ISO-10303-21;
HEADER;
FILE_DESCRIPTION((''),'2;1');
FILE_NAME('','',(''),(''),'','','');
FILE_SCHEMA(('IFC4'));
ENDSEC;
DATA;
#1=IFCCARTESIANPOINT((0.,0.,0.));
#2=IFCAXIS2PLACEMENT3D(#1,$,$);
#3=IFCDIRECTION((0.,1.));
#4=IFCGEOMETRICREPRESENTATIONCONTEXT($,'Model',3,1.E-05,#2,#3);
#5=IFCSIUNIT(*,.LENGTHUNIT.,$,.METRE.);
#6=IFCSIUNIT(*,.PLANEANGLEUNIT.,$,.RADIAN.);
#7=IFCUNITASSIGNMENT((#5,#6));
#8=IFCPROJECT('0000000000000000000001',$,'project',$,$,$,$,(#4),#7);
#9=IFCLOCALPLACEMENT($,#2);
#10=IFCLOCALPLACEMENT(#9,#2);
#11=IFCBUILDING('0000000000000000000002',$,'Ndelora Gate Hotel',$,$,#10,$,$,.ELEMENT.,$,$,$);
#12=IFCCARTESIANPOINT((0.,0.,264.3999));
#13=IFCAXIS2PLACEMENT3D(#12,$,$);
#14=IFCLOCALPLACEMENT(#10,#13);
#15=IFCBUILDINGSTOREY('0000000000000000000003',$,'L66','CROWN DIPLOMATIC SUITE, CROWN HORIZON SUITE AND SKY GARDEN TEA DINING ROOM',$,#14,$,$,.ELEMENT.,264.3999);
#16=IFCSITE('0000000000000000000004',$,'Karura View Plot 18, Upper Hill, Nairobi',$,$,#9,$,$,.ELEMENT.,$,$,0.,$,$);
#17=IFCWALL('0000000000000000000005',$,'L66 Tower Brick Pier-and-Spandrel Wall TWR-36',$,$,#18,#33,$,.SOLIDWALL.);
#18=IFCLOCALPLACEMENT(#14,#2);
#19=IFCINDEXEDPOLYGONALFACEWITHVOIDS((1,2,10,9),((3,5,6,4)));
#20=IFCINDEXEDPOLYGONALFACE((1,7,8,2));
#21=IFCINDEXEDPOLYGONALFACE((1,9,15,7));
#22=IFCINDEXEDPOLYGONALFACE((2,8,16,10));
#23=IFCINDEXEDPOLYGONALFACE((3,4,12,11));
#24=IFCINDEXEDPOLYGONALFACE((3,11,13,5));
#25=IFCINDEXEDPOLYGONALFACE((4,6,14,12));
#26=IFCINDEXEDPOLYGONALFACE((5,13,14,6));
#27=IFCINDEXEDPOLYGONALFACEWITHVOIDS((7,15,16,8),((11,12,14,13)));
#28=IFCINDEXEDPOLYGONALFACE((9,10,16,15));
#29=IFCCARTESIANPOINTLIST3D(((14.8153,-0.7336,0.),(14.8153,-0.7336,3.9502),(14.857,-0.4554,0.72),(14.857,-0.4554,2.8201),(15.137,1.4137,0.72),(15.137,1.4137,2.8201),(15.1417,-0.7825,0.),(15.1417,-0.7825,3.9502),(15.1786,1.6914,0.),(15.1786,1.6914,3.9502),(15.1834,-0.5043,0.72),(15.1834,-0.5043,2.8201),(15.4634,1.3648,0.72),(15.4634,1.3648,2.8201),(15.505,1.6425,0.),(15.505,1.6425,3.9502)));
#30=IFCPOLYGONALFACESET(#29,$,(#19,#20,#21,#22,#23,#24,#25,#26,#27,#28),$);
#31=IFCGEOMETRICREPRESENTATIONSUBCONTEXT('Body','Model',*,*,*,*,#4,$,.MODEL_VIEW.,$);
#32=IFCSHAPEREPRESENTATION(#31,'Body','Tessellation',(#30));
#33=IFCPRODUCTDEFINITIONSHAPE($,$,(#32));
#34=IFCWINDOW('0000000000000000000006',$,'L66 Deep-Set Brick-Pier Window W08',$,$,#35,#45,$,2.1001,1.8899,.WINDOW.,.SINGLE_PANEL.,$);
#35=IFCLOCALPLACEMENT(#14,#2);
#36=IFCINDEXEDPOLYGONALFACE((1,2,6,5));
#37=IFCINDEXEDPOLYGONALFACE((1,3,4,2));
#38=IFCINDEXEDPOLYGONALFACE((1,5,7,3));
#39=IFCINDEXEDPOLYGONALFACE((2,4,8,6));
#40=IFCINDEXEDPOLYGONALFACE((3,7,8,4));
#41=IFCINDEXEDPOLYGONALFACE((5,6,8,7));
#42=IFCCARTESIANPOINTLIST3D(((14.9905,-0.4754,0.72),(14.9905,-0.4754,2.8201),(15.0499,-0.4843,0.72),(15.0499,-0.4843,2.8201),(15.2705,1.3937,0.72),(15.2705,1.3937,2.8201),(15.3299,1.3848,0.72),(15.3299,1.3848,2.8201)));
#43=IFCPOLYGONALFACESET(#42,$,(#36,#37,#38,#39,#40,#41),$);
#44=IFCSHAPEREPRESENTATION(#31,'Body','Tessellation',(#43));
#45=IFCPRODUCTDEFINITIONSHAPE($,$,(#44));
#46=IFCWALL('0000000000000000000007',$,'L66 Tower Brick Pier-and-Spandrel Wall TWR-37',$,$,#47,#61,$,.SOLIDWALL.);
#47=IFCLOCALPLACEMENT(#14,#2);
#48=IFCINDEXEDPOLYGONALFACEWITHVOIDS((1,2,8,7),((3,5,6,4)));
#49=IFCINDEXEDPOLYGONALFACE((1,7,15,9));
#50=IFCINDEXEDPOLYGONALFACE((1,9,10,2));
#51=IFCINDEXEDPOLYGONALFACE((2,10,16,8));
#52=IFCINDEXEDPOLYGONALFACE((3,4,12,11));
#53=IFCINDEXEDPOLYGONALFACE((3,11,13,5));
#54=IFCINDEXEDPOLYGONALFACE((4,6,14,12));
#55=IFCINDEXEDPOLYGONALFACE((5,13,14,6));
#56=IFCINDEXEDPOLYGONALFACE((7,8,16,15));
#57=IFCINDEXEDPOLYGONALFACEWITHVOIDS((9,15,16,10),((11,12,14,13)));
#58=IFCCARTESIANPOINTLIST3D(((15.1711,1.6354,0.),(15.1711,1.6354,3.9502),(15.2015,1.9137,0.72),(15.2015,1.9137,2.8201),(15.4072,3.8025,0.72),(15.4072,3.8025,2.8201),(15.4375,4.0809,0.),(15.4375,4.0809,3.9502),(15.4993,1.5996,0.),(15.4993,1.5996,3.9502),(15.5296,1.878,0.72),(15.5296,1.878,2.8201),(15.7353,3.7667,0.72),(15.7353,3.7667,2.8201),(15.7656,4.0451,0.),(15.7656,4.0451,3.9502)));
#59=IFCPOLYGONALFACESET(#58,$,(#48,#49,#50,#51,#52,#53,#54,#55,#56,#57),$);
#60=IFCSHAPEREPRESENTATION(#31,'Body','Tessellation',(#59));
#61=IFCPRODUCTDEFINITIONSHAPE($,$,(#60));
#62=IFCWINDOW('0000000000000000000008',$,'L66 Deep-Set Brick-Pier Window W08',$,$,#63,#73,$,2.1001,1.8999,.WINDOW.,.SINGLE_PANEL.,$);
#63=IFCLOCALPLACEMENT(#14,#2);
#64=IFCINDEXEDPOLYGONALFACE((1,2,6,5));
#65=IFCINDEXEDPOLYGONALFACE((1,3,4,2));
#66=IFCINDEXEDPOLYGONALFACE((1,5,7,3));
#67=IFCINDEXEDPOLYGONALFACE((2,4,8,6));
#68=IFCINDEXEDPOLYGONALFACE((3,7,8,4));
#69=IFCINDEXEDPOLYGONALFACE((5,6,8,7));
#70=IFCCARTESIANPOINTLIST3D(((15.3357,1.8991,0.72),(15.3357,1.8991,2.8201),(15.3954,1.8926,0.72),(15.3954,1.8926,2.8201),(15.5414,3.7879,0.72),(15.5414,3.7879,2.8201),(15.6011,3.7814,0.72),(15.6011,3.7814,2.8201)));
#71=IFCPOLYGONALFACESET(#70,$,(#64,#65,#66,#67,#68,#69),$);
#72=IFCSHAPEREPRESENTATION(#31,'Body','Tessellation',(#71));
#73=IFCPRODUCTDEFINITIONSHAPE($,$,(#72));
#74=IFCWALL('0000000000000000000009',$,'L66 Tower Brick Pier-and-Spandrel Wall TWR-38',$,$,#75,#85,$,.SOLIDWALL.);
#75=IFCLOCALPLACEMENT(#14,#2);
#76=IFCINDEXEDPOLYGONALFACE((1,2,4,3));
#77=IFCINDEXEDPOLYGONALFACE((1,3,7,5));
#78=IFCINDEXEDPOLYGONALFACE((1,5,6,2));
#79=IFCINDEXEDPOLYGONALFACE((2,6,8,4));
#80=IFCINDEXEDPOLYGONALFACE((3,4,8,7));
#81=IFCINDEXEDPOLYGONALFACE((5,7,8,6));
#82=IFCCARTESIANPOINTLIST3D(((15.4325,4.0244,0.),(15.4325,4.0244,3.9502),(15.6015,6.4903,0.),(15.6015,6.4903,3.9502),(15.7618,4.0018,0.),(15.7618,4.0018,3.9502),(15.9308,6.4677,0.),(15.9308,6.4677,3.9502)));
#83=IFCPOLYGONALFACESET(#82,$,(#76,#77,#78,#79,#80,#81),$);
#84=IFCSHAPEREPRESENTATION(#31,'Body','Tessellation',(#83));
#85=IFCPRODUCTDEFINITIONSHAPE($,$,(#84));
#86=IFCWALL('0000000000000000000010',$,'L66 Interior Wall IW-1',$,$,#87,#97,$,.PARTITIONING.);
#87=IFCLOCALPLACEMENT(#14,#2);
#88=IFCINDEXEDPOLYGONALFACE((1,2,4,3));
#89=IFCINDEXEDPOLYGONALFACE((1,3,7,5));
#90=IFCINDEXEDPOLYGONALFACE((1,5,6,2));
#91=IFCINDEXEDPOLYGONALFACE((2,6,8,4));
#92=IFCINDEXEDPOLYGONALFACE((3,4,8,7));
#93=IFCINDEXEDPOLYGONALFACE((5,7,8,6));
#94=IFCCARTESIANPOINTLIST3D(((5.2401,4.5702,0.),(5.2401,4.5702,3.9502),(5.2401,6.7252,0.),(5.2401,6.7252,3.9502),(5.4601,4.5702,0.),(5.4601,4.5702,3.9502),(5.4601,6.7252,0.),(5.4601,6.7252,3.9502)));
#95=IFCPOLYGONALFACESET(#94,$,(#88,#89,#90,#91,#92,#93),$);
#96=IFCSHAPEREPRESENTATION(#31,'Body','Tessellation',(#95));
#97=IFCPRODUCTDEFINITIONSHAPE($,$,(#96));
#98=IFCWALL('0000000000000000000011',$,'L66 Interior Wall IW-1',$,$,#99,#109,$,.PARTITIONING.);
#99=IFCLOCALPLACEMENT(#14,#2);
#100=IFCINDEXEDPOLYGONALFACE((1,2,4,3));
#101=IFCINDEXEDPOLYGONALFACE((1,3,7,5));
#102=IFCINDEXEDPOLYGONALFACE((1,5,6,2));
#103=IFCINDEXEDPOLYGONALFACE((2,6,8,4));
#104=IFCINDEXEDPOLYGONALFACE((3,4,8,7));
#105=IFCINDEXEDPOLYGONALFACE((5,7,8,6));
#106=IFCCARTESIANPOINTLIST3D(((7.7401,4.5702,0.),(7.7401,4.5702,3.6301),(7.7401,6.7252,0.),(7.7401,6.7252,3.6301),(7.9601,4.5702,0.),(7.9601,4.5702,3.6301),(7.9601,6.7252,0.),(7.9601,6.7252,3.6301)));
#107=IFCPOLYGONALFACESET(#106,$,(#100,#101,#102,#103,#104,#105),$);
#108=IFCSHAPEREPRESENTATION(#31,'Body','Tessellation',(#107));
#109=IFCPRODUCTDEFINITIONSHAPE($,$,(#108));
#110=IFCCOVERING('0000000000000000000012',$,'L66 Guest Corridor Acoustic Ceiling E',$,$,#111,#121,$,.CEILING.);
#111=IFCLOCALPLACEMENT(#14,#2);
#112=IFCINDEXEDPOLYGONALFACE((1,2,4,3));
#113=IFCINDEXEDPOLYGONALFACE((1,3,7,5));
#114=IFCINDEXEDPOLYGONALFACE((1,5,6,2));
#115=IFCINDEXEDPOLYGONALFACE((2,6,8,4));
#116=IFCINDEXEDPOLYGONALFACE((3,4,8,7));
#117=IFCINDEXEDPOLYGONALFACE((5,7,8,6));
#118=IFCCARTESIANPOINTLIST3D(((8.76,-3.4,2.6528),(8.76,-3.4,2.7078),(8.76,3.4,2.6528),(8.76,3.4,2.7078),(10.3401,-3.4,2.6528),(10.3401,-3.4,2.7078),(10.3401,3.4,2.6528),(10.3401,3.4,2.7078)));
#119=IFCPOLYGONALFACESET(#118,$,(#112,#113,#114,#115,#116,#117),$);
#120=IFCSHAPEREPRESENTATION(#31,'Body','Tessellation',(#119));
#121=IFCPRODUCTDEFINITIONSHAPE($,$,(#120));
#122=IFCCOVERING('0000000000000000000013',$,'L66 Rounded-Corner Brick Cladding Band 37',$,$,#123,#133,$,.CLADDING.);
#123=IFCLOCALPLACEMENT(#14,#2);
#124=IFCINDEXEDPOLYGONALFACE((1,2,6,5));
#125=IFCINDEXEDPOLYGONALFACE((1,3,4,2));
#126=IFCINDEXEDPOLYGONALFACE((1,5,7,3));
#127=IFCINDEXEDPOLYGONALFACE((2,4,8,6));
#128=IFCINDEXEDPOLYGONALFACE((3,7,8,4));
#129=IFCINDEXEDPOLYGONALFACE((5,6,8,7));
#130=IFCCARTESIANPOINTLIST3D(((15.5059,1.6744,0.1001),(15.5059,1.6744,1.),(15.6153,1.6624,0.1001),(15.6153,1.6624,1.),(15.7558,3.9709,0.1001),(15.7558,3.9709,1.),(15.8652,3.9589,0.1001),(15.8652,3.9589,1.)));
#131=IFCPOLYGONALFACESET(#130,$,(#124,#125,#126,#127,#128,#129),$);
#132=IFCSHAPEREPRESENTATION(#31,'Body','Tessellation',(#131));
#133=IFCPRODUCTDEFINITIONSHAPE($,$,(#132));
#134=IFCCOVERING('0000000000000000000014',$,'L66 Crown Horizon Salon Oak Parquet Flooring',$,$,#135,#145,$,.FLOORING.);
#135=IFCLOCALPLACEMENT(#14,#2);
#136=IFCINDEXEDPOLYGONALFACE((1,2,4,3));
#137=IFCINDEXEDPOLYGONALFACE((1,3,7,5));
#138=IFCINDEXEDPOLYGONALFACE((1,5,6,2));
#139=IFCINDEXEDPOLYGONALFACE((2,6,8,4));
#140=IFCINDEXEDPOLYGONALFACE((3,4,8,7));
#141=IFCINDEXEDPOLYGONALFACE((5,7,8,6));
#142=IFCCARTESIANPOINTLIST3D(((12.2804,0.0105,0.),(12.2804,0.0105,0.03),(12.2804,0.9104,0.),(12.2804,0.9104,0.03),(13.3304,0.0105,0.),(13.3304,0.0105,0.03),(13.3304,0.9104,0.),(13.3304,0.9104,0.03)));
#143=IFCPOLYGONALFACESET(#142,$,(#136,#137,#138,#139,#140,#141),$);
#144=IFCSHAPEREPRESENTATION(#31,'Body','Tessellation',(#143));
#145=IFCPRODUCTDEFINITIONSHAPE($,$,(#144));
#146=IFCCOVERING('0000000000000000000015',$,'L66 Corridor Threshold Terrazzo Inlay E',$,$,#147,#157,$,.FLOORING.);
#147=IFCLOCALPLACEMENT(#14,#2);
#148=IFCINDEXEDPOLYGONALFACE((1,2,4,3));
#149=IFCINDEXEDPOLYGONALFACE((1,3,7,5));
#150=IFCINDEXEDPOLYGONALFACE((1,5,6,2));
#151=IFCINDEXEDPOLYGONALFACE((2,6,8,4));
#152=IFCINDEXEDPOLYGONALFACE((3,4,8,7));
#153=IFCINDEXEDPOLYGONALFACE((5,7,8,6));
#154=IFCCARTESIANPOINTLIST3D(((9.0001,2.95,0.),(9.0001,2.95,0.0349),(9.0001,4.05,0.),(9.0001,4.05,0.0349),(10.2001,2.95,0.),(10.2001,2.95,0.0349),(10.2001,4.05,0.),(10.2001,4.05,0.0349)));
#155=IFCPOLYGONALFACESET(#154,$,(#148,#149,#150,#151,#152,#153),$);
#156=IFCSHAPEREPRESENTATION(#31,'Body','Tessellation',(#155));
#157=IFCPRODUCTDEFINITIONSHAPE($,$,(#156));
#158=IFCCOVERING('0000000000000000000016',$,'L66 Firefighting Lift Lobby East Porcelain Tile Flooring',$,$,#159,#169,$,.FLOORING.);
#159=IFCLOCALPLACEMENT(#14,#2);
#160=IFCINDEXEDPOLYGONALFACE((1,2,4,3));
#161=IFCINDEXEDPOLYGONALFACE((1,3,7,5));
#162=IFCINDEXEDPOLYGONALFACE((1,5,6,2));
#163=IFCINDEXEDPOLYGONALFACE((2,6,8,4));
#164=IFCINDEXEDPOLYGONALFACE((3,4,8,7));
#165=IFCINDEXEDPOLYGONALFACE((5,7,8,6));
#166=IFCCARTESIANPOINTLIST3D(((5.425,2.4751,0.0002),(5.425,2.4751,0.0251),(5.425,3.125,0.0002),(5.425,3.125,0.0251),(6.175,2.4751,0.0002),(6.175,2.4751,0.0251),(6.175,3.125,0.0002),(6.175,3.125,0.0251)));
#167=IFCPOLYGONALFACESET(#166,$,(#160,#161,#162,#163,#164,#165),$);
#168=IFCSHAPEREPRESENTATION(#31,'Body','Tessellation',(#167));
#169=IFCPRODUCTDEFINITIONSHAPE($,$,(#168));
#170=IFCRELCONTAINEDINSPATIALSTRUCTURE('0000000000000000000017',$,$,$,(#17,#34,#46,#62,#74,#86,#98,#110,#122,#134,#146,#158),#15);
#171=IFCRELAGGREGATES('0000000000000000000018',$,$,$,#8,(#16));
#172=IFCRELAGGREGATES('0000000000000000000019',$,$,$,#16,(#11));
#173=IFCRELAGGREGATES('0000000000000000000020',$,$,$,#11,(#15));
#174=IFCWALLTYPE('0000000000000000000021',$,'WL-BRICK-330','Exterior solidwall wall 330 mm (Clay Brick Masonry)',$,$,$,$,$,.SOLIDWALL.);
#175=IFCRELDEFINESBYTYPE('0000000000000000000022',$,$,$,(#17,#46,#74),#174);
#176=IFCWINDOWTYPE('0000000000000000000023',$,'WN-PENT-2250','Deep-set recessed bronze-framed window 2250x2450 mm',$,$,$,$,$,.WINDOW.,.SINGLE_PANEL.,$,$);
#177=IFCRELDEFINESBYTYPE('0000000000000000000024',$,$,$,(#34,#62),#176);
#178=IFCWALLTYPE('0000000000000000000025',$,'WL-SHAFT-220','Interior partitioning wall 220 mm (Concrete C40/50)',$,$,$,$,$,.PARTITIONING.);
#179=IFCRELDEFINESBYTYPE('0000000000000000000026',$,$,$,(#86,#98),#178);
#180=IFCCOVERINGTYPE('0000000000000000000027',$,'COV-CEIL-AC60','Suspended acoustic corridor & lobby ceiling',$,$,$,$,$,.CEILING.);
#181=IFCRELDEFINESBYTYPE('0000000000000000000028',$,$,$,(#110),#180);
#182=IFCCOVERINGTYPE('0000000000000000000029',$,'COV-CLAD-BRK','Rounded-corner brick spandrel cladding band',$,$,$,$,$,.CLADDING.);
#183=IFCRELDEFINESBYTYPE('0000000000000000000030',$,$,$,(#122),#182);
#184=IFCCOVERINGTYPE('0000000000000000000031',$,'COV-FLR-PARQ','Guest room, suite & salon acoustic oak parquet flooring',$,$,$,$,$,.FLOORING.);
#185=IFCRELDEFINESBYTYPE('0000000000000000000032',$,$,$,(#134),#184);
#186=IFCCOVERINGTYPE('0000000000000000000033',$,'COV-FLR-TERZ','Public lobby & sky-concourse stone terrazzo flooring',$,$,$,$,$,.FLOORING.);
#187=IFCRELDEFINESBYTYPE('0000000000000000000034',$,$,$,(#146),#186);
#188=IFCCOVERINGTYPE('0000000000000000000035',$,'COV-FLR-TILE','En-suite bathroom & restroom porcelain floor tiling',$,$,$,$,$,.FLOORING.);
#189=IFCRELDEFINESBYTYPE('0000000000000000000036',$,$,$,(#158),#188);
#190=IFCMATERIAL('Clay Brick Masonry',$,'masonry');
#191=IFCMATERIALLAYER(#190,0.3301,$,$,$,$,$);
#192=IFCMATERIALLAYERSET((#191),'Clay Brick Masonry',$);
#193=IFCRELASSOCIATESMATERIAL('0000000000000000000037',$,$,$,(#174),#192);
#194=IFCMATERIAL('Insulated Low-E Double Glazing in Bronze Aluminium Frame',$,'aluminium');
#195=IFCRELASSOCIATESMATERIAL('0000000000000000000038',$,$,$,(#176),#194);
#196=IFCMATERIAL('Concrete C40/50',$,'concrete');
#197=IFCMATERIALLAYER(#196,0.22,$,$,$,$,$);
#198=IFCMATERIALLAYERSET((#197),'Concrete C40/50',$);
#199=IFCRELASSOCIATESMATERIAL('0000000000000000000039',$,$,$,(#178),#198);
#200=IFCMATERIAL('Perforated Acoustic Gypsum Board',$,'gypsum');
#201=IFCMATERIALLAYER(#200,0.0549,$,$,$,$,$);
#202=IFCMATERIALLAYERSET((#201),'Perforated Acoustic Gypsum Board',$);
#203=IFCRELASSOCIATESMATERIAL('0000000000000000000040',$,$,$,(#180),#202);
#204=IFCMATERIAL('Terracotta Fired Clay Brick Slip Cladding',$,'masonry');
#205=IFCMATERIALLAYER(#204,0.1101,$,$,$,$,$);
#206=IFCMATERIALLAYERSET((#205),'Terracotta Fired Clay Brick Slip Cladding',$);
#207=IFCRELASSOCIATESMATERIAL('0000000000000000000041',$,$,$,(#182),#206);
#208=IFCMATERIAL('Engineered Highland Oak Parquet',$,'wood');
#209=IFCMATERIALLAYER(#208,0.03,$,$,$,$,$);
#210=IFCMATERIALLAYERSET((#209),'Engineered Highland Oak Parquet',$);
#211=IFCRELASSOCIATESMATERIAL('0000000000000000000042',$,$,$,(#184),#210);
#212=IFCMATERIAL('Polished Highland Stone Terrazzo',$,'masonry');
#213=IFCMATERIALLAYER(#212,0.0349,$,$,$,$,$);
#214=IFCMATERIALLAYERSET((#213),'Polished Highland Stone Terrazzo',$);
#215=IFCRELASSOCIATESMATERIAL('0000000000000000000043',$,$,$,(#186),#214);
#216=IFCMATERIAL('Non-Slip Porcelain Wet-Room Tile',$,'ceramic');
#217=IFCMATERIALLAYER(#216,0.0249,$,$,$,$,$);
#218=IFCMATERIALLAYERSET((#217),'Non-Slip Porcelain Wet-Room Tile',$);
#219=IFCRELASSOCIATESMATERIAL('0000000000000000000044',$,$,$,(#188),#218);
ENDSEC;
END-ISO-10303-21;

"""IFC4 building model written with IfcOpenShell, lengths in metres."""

from ifc_helpers import new_model, si_unit, direction, frame, frame_2d, origin, origin_2d, place, context, subcontext, project, spatial, rectangle, extrude, material, layer, layer_set, type_object, element, fill, save


model = new_model("IFC4")

# Units and contexts
model_context = context("Model", 3, precision=1e-05, world=origin(), true_north=direction((0.0, 1.0)))
body_context = subcontext(model_context, "Body", "Model", "MODEL_VIEW")
ifc_project = project(units=[si_unit("LENGTHUNIT", "METRE"), si_unit("PLANEANGLEUNIT", "RADIAN")], contexts=[model_context])

# Site, building, storey
site_placement = place(None, origin())
site = spatial("IfcSite", under=ifc_project, at=site_placement, Name="Karura View Plot 18, Upper Hill, Nairobi", CompositionType="ELEMENT", RefElevation=0.0)
building_placement = place(site_placement, origin())
building = spatial("IfcBuilding", under=site, at=building_placement, Name="Ndelora Gate Hotel", CompositionType="ELEMENT")
storey_placement = place(building_placement, frame((0.0, 0.0, 264.3999)))
storey = spatial("IfcBuildingStorey", under=building, at=storey_placement, Name="L66", Description="CROWN DIPLOMATIC SUITE, CROWN HORIZON SUITE AND SKY GARDEN TEA DINING ROOM", CompositionType="ELEMENT", Elevation=264.3999)

# Walls, openings, windows
ifc_material_1 = material(Name="Clay Brick Masonry", Category="masonry")
ifc_layer_1 = layer(ifc_material_1, 0.3301)
ifc_layer_set_1 = layer_set([ifc_layer_1], Name="Clay Brick Masonry")
wall_type_1 = type_object("IfcWallType", Name="WL-BRICK-330", Description="Exterior solidwall wall 330 mm (Clay Brick Masonry)", PredefinedType="SOLIDWALL", material=ifc_layer_set_1)
wall_1_placement = place(storey_placement, frame((15.3418, 1.667, 0.0), z_axis=(0.0, 0.0, 1.0), x_axis=(-0.148151, -0.988965, 0.0)))
wall_1 = element("IfcWall", 1, at=wall_1_placement, inside=storey, type_object=wall_type_1, Name="L66 Tower Brick Pier-and-Spandrel Wall TWR-36", PredefinedType="SOLIDWALL", context=body_context, shape_type="SweptSolid", body=[
    extrude(rectangle(XDim=2.4521, YDim=0.3301, at=frame_2d((1.2261, 0.0))), origin(), (0.0, 0.0, 1.0), 3.9502),
])
opening_1_placement = place(wall_1_placement, frame((0.281, 0.0, 0.72)))
opening_1 = element("IfcOpeningElement", 2, at=opening_1_placement, cuts=wall_1, PredefinedType="OPENING", context=body_context, shape_type="SweptSolid", body=[
    extrude(rectangle(XDim=1.8899, YDim=2.1001, at=frame_2d((0.9448, 1.05))), frame((0.0, 0.175, 0.0), z_axis=(0.0, -1.0, 0.0), x_axis=(1.0, 0.0, 0.0)), (0.0, 0.0, 1.0), 0.3501),
])
ifc_material_2 = material(Name="Insulated Low-E Double Glazing in Bronze Aluminium Frame", Category="aluminium")
window_type = type_object("IfcWindowType", Name="WN-PENT-2250", Description="Deep-set recessed bronze-framed window 2250x2450 mm", PartitioningType="SINGLE_PANEL", PredefinedType="WINDOW", material=ifc_material_2)
window_1_placement = place(opening_1_placement, origin())
window_1 = element("IfcWindow", 3, at=window_1_placement, inside=storey, type_object=window_type, Name="L66 Deep-Set Brick-Pier Window W08", OverallHeight=2.1001, OverallWidth=1.8899, PartitioningType="SINGLE_PANEL", PredefinedType="WINDOW", context=body_context, shape_type="SweptSolid", body=[
    extrude(rectangle(XDim=1.8899, YDim=2.1001, at=frame_2d((0.9448, 1.05))), frame((0.0, 0.03, 0.0), z_axis=(0.0, -1.0, 0.0), x_axis=(1.0, 0.0, 0.0)), (0.0, 0.0, 1.0), 0.0601),
])
fill(opening_1, window_1)
wall_2_placement = place(storey_placement, frame((15.6016, 4.063, 0.0), z_axis=(0.0, 0.0, 1.0), x_axis=(-0.108275, -0.994121, 0.0)))
wall_2 = element("IfcWall", 4, at=wall_2_placement, inside=storey, type_object=wall_type_1, Name="L66 Tower Brick Pier-and-Spandrel Wall TWR-37", PredefinedType="SOLIDWALL", context=body_context, shape_type="SweptSolid", body=[
    extrude(rectangle(XDim=2.46, YDim=0.3301, at=frame_2d((1.23, 0.0))), origin(), (0.0, 0.0, 1.0), 3.9502),
])
opening_2_placement = place(wall_2_placement, frame((0.28, 0.0, 0.72)))
opening_2 = element("IfcOpeningElement", 5, at=opening_2_placement, cuts=wall_2, PredefinedType="OPENING", context=body_context, shape_type="SweptSolid", body=[
    extrude(rectangle(XDim=1.8999, YDim=2.1001, at=frame_2d((0.95, 1.05))), frame((0.0, 0.175, 0.0), z_axis=(0.0, -1.0, 0.0), x_axis=(1.0, 0.0, 0.0)), (0.0, 0.0, 1.0), 0.3501),
])
window_2_placement = place(opening_2_placement, origin())
window_2 = element("IfcWindow", 6, at=window_2_placement, inside=storey, type_object=window_type, Name="L66 Deep-Set Brick-Pier Window W08", OverallHeight=2.1001, OverallWidth=1.8999, PartitioningType="SINGLE_PANEL", PredefinedType="WINDOW", context=body_context, shape_type="SweptSolid", body=[
    extrude(rectangle(XDim=1.8999, YDim=2.1001, at=frame_2d((0.95, 1.05))), frame((0.0, 0.03, 0.0), z_axis=(0.0, -1.0, 0.0), x_axis=(1.0, 0.0, 0.0)), (0.0, 0.0, 1.0), 0.0601),
])
fill(opening_2, window_2)

# Wall
wall_3_placement = place(storey_placement, frame((15.7661, 6.479, 0.0), z_axis=(0.0, 0.0, 1.0), x_axis=(-0.068355, -0.997661, 0.0)))
element("IfcWall", 7, at=wall_3_placement, inside=storey, type_object=wall_type_1, Name="L66 Tower Brick Pier-and-Spandrel Wall TWR-38", PredefinedType="SOLIDWALL", context=body_context, shape_type="SweptSolid", body=[
    extrude(rectangle(XDim=2.4717, YDim=0.3301, at=frame_2d((1.2358, 0.0))), origin(), (0.0, 0.0, 1.0), 3.9502),
])

# Shared definitions
ifc_material_3 = material(Name="Concrete C40/50", Category="concrete")

# Walls
ifc_layer_2 = layer(ifc_material_3, 0.22)
ifc_layer_set_2 = layer_set([ifc_layer_2], Name="Concrete C40/50")
wall_type_2 = type_object("IfcWallType", Name="WL-SHAFT-220", Description="Interior partitioning wall 220 mm (Concrete C40/50)", PredefinedType="PARTITIONING", material=ifc_layer_set_2)
wall_4_placement = place(storey_placement, frame((5.3501, 4.5701, 0.0), z_axis=(0.0, 0.0, 1.0), x_axis=(0.0, 1.0, 0.0)))
element("IfcWall", 8, at=wall_4_placement, inside=storey, type_object=wall_type_2, Name="L66 Interior Wall IW-1", PredefinedType="PARTITIONING", context=body_context, shape_type="SweptSolid", body=[
    extrude(rectangle(XDim=2.155, YDim=0.22, at=frame_2d((1.0776, 0.0))), origin(), (0.0, 0.0, 1.0), 3.9502),
])
wall_5_placement = place(storey_placement, frame((7.8501, 4.5701, 0.0), z_axis=(0.0, 0.0, 1.0), x_axis=(0.0, 1.0, 0.0)))
element("IfcWall", 9, at=wall_5_placement, inside=storey, type_object=wall_type_2, Name="L66 Interior Wall IW-1", PredefinedType="PARTITIONING", context=body_context, shape_type="SweptSolid", body=[
    extrude(rectangle(XDim=2.155, YDim=0.22, at=frame_2d((1.0776, 0.0))), origin(), (0.0, 0.0, 1.0), 3.6301),
])

# Coverings
ifc_material_4 = material(Name="Perforated Acoustic Gypsum Board", Category="gypsum")
ifc_layer_3 = layer(ifc_material_4, 0.0549)
ifc_layer_set_3 = layer_set([ifc_layer_3], Name="Perforated Acoustic Gypsum Board")
covering_type_1 = type_object("IfcCoveringType", Name="COV-CEIL-AC60", Description="Suspended acoustic corridor & lobby ceiling", PredefinedType="CEILING", material=ifc_layer_set_3)
covering_1_placement = place(storey_placement, frame((9.55, 0.0, 2.6528), z_axis=(0.0, 0.0, 1.0), x_axis=(1.0, 0.0, 0.0)))
element("IfcCovering", 10, at=covering_1_placement, inside=storey, type_object=covering_type_1, Name="L66 Guest Corridor Acoustic Ceiling E", PredefinedType="CEILING", context=body_context, shape_type="SweptSolid", body=[
    extrude(rectangle(XDim=1.5801, YDim=6.8, at=origin_2d()), origin(), (0.0, 0.0, 1.0), 0.0549),
])
ifc_material_5 = material(Name="Terracotta Fired Clay Brick Slip Cladding", Category="masonry")
ifc_layer_4 = layer(ifc_material_5, 0.1101)
ifc_layer_set_4 = layer_set([ifc_layer_4], Name="Terracotta Fired Clay Brick Slip Cladding")
covering_type_2 = type_object("IfcCoveringType", Name="COV-CLAD-BRK", Description="Rounded-corner brick spandrel cladding band", PredefinedType="CLADDING", material=ifc_layer_set_4)
covering_2_placement = place(storey_placement, frame((15.6855, 2.8167, 0.1001), z_axis=(0.0, 0.0, 1.0), x_axis=(0.108173, 0.994132, 0.0)))
element("IfcCovering", 11, at=covering_2_placement, inside=storey, type_object=covering_type_2, Name="L66 Rounded-Corner Brick Cladding Band 37", PredefinedType="CLADDING", context=body_context, shape_type="SweptSolid", body=[
    extrude(rectangle(XDim=2.3101, YDim=0.1101, at=origin_2d()), origin(), (0.0, 0.0, 1.0), 0.8999),
])
ifc_material_6 = material(Name="Engineered Highland Oak Parquet", Category="wood")
ifc_layer_5 = layer(ifc_material_6, 0.03)
ifc_layer_set_5 = layer_set([ifc_layer_5], Name="Engineered Highland Oak Parquet")
covering_type_3 = type_object("IfcCoveringType", Name="COV-FLR-PARQ", Description="Guest room, suite & salon acoustic oak parquet flooring", PredefinedType="FLOORING", material=ifc_layer_set_5)
covering_3_placement = place(storey_placement, frame((12.8054, 0.4604, 0.0), z_axis=(0.0, 0.0, 1.0), x_axis=(1.0, 0.0, 0.0)))
element("IfcCovering", 12, at=covering_3_placement, inside=storey, type_object=covering_type_3, Name="L66 Crown Horizon Salon Oak Parquet Flooring", PredefinedType="FLOORING", context=body_context, shape_type="SweptSolid", body=[
    extrude(rectangle(XDim=1.05, YDim=0.8999, at=origin_2d()), origin(), (0.0, 0.0, 1.0), 0.03),
])
ifc_material_7 = material(Name="Polished Highland Stone Terrazzo", Category="masonry")
ifc_layer_6 = layer(ifc_material_7, 0.0349)
ifc_layer_set_6 = layer_set([ifc_layer_6], Name="Polished Highland Stone Terrazzo")
covering_type_4 = type_object("IfcCoveringType", Name="COV-FLR-TERZ", Description="Public lobby & sky-concourse stone terrazzo flooring", PredefinedType="FLOORING", material=ifc_layer_set_6)
covering_4_placement = place(storey_placement, frame((9.6001, 3.5, 0.0), z_axis=(0.0, 0.0, 1.0), x_axis=(1.0, 0.0, 0.0)))
element("IfcCovering", 13, at=covering_4_placement, inside=storey, type_object=covering_type_4, Name="L66 Corridor Threshold Terrazzo Inlay E", PredefinedType="FLOORING", context=body_context, shape_type="SweptSolid", body=[
    extrude(rectangle(XDim=1.2, YDim=1.1001, at=origin_2d()), origin(), (0.0, 0.0, 1.0), 0.0349),
])
ifc_material_8 = material(Name="Non-Slip Porcelain Wet-Room Tile", Category="ceramic")
ifc_layer_7 = layer(ifc_material_8, 0.0249)
ifc_layer_set_7 = layer_set([ifc_layer_7], Name="Non-Slip Porcelain Wet-Room Tile")
covering_type_5 = type_object("IfcCoveringType", Name="COV-FLR-TILE", Description="En-suite bathroom & restroom porcelain floor tiling", PredefinedType="FLOORING", material=ifc_layer_set_7)
covering_5_placement = place(storey_placement, frame((5.8, 2.8, 0.0002), z_axis=(0.0, 0.0, 1.0), x_axis=(1.0, 0.0, 0.0)))
element("IfcCovering", 14, at=covering_5_placement, inside=storey, type_object=covering_type_5, Name="L66 Firefighting Lift Lobby East Porcelain Tile Flooring", PredefinedType="FLOORING", context=body_context, shape_type="SweptSolid", body=[
    extrude(rectangle(XDim=0.75, YDim=0.6499, at=origin_2d()), origin(), (0.0, 0.0, 1.0), 0.0249),
])

save(model, "model.ifc")
